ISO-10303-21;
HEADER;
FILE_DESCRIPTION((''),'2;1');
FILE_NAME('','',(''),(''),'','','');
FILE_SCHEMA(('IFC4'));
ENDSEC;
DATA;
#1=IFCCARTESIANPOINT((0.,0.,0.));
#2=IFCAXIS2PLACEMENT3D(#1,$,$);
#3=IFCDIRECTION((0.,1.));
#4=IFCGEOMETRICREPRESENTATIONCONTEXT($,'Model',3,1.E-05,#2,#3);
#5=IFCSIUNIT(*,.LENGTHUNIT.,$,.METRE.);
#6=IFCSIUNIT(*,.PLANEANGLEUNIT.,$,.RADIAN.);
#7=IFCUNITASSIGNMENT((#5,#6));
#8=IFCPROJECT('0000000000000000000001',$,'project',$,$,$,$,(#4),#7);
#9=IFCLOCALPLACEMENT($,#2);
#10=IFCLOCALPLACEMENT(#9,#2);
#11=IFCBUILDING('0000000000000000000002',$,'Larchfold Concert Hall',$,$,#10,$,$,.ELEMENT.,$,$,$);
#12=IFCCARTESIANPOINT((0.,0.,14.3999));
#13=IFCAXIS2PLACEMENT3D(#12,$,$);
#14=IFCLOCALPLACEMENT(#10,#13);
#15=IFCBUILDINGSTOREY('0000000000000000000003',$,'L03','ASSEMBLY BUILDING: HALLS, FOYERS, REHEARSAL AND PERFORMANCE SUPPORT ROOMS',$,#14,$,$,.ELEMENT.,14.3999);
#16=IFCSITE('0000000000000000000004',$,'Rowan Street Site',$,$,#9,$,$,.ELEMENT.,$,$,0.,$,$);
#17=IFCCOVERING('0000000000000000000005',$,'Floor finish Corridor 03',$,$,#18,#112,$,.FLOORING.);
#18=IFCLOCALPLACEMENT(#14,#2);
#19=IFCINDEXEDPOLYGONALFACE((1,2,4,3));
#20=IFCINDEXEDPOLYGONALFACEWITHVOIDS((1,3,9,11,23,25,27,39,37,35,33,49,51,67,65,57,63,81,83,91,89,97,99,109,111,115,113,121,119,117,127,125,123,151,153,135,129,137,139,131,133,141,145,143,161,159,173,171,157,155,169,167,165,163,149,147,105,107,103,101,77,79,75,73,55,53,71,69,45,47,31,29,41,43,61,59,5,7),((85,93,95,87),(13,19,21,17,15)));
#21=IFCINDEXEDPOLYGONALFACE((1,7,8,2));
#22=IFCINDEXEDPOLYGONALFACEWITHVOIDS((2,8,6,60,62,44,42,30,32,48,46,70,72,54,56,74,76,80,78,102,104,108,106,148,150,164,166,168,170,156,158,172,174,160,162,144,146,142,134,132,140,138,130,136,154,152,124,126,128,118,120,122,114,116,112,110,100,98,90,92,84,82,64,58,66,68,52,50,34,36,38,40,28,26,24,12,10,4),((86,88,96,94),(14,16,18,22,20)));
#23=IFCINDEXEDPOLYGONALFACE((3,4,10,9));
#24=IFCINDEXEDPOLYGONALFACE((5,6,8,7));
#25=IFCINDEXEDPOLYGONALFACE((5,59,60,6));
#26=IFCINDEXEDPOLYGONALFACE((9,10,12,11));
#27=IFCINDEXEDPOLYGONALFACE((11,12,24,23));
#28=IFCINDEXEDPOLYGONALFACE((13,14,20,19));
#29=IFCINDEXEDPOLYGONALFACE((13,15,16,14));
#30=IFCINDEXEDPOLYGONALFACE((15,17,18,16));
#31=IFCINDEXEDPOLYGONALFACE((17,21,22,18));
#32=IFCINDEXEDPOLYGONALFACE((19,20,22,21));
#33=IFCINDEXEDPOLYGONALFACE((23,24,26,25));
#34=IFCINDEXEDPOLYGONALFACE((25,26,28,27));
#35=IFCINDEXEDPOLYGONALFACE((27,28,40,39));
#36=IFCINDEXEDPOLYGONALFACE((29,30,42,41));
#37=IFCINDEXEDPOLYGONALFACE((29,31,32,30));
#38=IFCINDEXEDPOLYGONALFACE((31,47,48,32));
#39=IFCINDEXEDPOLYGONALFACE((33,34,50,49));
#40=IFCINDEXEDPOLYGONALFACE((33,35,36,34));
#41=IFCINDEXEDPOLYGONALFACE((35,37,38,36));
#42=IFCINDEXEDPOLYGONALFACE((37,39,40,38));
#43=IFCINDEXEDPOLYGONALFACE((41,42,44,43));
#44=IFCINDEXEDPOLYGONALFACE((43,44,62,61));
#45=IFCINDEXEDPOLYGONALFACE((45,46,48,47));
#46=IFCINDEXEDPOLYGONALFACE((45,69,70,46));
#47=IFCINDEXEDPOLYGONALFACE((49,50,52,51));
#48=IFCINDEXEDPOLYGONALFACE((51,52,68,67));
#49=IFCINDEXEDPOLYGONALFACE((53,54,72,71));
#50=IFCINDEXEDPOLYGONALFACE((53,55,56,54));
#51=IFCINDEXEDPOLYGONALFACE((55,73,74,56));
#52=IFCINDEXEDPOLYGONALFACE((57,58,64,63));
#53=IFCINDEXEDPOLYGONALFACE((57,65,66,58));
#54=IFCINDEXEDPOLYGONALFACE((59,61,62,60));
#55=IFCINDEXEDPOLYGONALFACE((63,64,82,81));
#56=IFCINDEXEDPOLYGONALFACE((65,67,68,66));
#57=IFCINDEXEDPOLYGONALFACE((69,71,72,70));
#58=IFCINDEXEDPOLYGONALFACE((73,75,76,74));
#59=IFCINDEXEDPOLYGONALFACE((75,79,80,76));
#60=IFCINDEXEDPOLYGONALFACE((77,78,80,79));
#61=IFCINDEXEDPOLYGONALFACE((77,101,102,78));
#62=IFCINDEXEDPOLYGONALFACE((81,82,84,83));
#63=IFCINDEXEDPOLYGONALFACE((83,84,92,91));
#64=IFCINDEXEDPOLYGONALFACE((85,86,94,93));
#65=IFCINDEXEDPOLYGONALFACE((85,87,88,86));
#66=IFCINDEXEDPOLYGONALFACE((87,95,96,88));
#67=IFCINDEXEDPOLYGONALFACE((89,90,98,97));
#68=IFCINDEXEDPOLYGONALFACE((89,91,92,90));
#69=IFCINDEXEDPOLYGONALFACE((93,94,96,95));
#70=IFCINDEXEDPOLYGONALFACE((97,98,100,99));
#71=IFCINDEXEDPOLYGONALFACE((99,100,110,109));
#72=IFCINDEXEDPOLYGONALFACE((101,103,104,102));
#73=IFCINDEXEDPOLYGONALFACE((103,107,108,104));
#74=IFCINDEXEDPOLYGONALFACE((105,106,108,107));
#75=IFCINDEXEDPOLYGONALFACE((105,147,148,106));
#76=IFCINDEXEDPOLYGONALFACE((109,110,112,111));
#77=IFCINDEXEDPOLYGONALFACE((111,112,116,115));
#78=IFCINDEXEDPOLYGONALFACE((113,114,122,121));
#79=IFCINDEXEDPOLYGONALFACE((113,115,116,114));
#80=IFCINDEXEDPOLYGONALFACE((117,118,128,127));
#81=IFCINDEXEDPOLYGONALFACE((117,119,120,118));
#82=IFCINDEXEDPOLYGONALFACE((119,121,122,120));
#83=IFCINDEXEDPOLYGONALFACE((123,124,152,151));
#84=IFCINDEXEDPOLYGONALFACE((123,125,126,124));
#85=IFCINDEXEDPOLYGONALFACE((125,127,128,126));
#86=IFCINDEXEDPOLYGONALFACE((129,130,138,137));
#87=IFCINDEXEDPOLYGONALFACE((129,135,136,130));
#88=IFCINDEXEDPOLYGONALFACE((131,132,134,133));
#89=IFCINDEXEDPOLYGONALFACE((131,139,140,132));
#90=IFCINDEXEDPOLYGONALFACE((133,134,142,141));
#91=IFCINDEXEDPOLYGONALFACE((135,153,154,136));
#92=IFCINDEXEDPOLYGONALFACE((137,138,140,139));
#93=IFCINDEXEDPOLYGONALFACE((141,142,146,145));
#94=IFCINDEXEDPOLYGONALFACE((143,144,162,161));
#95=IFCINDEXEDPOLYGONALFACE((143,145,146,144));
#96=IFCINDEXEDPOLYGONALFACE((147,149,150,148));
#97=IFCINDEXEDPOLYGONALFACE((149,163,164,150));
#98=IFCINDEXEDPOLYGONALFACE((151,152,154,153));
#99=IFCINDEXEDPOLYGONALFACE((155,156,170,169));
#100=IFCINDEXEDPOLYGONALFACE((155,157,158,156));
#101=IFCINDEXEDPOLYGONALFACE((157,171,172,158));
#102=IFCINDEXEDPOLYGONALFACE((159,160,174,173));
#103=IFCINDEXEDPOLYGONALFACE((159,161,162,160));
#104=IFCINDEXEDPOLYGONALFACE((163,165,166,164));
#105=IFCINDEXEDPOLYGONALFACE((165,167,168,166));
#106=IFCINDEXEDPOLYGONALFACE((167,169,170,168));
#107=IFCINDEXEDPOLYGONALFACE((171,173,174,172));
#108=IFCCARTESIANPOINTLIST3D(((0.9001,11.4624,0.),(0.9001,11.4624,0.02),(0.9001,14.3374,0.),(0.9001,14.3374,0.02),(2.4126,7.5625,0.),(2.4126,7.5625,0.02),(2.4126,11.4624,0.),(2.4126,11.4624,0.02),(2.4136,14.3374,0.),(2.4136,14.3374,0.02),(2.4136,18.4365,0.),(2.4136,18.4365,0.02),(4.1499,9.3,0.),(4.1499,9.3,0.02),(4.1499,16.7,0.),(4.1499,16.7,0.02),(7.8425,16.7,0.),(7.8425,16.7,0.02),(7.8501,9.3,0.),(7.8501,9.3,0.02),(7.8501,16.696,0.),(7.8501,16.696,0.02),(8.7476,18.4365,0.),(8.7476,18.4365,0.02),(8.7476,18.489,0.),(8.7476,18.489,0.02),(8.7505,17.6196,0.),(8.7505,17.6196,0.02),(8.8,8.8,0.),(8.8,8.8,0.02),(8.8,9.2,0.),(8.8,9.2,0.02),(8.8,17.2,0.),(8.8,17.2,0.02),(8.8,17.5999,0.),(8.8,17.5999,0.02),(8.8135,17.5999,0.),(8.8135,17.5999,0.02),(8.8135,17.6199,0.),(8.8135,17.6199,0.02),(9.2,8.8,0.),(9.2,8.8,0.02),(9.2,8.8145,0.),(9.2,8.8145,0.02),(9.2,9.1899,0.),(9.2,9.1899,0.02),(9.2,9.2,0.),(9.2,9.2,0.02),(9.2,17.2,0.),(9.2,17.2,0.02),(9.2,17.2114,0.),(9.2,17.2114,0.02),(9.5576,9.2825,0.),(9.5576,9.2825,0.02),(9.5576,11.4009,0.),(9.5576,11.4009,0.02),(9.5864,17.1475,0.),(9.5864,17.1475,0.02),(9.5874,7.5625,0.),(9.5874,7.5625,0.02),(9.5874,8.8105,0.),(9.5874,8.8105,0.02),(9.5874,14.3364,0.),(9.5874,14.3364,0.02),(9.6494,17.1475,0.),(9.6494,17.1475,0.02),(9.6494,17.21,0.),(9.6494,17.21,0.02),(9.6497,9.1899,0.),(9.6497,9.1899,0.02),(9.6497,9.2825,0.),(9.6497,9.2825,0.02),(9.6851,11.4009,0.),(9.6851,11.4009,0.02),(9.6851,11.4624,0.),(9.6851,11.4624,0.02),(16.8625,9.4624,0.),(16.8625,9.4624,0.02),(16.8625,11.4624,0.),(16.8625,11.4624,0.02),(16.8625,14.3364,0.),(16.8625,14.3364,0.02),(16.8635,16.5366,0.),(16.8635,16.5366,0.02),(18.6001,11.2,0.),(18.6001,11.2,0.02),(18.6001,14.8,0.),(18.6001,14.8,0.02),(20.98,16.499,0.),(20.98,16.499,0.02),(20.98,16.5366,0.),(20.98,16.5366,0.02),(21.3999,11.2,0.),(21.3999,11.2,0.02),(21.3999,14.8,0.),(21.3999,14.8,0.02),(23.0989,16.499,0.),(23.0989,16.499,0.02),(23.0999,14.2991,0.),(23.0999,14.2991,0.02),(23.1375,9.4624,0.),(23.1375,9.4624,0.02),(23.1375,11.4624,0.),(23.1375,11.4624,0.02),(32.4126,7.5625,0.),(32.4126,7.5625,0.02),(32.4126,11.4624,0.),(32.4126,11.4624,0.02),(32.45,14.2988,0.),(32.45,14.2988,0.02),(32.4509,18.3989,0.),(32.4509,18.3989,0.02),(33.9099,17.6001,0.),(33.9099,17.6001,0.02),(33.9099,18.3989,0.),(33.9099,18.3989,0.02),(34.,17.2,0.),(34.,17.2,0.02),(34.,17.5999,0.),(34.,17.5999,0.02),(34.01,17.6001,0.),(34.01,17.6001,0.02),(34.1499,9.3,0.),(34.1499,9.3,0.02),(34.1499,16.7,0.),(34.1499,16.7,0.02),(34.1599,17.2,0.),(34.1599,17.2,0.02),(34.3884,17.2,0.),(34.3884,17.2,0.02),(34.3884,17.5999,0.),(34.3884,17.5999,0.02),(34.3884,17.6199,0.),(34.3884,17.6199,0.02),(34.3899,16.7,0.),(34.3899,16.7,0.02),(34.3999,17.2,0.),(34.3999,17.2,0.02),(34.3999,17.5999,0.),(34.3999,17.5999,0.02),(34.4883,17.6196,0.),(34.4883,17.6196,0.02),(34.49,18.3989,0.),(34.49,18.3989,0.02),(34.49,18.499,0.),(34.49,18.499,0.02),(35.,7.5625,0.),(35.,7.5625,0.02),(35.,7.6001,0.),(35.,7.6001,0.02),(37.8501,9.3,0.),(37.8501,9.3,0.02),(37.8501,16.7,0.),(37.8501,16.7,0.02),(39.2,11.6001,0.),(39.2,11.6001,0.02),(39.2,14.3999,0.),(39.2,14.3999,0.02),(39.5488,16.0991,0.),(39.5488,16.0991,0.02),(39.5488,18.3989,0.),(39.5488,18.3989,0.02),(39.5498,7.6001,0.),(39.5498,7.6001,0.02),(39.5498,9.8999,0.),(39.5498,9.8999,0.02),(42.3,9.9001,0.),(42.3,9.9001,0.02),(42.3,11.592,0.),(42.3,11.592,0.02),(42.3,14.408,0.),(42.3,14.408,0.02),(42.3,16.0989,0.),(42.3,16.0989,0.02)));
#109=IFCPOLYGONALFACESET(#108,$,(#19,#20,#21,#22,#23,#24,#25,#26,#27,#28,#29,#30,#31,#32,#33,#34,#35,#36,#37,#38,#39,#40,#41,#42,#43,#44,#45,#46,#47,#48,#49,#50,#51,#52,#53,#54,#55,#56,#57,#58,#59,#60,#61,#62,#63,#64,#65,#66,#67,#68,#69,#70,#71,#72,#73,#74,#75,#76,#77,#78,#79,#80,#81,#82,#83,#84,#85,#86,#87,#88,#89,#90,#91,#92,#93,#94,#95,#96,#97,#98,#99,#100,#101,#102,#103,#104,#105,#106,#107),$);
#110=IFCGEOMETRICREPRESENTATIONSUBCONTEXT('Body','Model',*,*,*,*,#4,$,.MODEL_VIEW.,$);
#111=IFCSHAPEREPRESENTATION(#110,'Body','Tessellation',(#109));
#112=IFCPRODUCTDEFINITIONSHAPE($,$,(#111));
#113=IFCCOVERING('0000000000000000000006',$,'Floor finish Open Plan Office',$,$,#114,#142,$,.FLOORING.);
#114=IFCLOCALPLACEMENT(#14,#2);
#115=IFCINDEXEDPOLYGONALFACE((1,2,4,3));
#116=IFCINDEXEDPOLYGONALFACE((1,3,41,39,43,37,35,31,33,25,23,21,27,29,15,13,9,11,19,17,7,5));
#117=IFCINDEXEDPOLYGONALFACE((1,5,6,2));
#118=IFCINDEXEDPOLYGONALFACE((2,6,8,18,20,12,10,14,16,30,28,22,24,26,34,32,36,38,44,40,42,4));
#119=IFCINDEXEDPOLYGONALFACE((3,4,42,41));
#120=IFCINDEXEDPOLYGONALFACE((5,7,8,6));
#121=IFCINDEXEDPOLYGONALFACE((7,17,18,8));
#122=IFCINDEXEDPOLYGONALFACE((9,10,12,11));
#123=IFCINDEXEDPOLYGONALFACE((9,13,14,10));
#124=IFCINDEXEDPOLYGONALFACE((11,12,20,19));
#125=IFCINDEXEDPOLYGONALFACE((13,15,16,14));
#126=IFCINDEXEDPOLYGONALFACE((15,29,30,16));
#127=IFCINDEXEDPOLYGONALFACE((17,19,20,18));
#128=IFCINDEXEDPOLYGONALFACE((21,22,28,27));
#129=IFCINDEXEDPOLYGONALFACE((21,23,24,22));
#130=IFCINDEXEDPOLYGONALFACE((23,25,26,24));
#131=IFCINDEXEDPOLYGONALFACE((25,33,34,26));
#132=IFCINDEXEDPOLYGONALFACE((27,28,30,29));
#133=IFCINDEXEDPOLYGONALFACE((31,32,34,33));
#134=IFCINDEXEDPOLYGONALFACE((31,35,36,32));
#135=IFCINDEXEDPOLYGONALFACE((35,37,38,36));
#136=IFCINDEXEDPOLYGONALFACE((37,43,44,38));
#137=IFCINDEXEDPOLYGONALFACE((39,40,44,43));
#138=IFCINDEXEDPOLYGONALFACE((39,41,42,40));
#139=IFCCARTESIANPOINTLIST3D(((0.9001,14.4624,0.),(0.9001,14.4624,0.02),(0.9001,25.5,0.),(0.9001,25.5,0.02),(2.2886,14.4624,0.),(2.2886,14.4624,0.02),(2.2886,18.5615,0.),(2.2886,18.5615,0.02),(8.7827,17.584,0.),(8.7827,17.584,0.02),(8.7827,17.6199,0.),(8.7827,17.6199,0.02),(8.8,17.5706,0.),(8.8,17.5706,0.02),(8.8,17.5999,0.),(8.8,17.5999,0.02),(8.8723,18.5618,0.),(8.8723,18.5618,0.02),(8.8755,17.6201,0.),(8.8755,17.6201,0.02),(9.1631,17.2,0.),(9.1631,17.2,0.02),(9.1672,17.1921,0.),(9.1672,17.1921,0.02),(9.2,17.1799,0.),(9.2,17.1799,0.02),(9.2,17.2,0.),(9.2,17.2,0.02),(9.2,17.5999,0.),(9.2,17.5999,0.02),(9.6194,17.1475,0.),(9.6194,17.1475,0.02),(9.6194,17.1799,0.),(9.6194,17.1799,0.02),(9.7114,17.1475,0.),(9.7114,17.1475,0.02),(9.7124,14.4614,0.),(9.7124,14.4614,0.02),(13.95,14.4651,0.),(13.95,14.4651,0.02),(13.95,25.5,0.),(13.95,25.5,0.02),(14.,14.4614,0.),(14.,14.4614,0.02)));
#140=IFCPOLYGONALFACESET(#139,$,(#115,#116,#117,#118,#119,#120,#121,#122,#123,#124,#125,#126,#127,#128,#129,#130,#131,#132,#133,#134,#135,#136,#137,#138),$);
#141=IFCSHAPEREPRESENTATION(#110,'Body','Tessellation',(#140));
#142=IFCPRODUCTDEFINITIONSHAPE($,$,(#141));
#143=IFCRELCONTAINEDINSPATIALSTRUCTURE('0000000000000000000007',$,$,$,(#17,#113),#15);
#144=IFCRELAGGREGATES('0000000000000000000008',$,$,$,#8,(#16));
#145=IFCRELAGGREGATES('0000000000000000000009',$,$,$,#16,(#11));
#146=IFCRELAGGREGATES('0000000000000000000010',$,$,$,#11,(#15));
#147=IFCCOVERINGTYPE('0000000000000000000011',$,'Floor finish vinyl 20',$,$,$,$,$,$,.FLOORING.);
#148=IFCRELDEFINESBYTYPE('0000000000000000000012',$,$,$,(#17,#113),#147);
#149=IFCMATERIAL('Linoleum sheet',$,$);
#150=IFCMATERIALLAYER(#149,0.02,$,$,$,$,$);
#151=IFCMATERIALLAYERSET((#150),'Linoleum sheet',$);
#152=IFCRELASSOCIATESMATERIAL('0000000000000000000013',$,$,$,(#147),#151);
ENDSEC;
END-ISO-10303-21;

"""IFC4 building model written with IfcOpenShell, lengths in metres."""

from ifc_helpers import new_model, si_unit, direction, frame, origin, place, context, subcontext, project, spatial, polyline, outline, extrude, material, layer, layer_set, type_object, element, save


model = new_model("IFC4")

# Units and contexts
model_context = context("Model", 3, precision=1e-05, world=origin(), true_north=direction((0.0, 1.0)))
body_context = subcontext(model_context, "Body", "Model", "MODEL_VIEW")
ifc_project = project(units=[si_unit("LENGTHUNIT", "METRE"), si_unit("PLANEANGLEUNIT", "RADIAN")], contexts=[model_context])

# Site, building, storey
site_placement = place(None, origin())
site = spatial("IfcSite", under=ifc_project, at=site_placement, Name="Rowan Street Site", CompositionType="ELEMENT", RefElevation=0.0)
building_placement = place(site_placement, origin())
building = spatial("IfcBuilding", under=site, at=building_placement, Name="Larchfold Concert Hall", CompositionType="ELEMENT")
storey_placement = place(building_placement, frame((0.0, 0.0, 14.3999)))
storey = spatial("IfcBuildingStorey", under=building, at=storey_placement, Name="L03", Description="ASSEMBLY BUILDING: HALLS, FOYERS, REHEARSAL AND PERFORMANCE SUPPORT ROOMS", CompositionType="ELEMENT", Elevation=14.3999)

# Coverings
ifc_material_1 = material(Name="Linoleum sheet")
ifc_layer_1 = layer(ifc_material_1, 0.02)
ifc_layer_set_1 = layer_set([ifc_layer_1], Name="Linoleum sheet")
covering_type_1 = type_object("IfcCoveringType", Name="Floor finish vinyl 20", PredefinedType="FLOORING", material=ifc_layer_set_1)
covering_1_placement = place(storey_placement, origin())
element("IfcCovering", 1, at=covering_1_placement, inside=storey, type_object=covering_type_1, Name="Floor finish Corridor 03", PredefinedType="FLOORING", context=body_context, shape_type="SweptSolid", body=[
    extrude(outline(polyline([(8.7476, 18.489), (8.7476, 18.4365), (2.4136, 18.4365), (2.4136, 14.3374), (0.9001, 14.3374), (0.9001, 11.4624), (2.4126, 11.4624), (2.4126, 7.5625), (9.5874, 7.5625), (9.5874, 8.8105), (9.2, 8.8145), (9.2, 8.8), (8.8, 8.8), (8.8, 9.2), (9.2, 9.2), (9.2, 9.1899), (9.6497, 9.1899), (9.6497, 9.2825), (9.5576, 9.2825), (9.5576, 11.4009), (9.6851, 11.4009), (9.6851, 11.4624), (16.8625, 11.4624), (16.8625, 9.4624), (23.1375, 9.4624), (23.1375, 11.4624), (32.4126, 11.4624), (32.4126, 7.5625), (35.0, 7.5625), (35.0, 7.6001), (39.5498, 7.6001), (39.5498, 9.8999), (42.3, 9.9001), (42.3, 11.592), (39.2, 11.6001), (39.2, 14.3999), (42.3, 14.408), (42.3, 16.0989), (39.5488, 16.0991), (39.5488, 18.3989), (34.49, 18.3989), (34.49, 18.499), (34.4883, 17.6196), (34.3884, 17.6199), (34.3884, 17.5999), (34.3999, 17.5999), (34.3999, 17.2), (34.3884, 17.2), (34.3899, 16.7), (37.8501, 16.7), (37.8501, 9.3), (34.1499, 9.3), (34.1499, 16.7), (34.1599, 17.2), (34.0, 17.2), (34.0, 17.5999), (34.01, 17.6001), (33.9099, 17.6001), (33.9099, 18.3989), (32.4509, 18.3989), (32.45, 14.2988), (23.0999, 14.2991), (23.0989, 16.499), (20.98, 16.499), (20.98, 16.5366), (16.8635, 16.5366), (16.8635, 16.5991), (16.8625, 14.3364), (9.5874, 14.3364), (9.5864, 17.1475), (9.6494, 17.1475), (9.6494, 17.21), (9.2, 17.2114), (9.2, 17.2), (8.8, 17.2), (8.8, 17.5999), (8.8135, 17.5999), (8.8135, 17.6199), (8.7505, 17.6196), (8.7476, 18.489)]), holes=[polyline([(21.3999, 11.2), (18.6001, 11.2), (18.6001, 14.8), (21.3999, 14.8), (21.3999, 11.2)]), polyline([(7.8501, 9.3), (4.1499, 9.3), (4.1499, 16.7), (7.8425, 16.7), (7.8501, 16.696), (7.8501, 9.3)])]), origin(), (0.0, 0.0, 1.0), 0.02),
])
covering_2_placement = place(storey_placement, origin())
element("IfcCovering", 2, at=covering_2_placement, inside=storey, type_object=covering_type_1, Name="Floor finish Open Plan Office", PredefinedType="FLOORING", context=body_context, shape_type="SweptSolid", body=[
    extrude(outline(polyline([(8.8723, 18.5618), (8.8755, 17.6201), (8.7827, 17.6199), (8.7827, 17.584), (8.8, 17.5706), (8.8, 17.5999), (9.2, 17.5999), (9.2, 17.2), (9.1631, 17.2), (9.1672, 17.1921), (9.2, 17.1799), (9.6194, 17.1799), (9.6194, 17.1475), (9.7114, 17.1475), (9.7124, 14.3999), (9.7124, 14.4614), (14.0, 14.4614), (13.95, 14.4651), (13.95, 25.5), (0.9001, 25.5), (0.9001, 14.4624), (2.2886, 14.4624), (2.2886, 18.5615), (8.8723, 18.5618)])), origin(), (0.0, 0.0, 1.0), 0.02),
])

save(model, "model.ifc")
